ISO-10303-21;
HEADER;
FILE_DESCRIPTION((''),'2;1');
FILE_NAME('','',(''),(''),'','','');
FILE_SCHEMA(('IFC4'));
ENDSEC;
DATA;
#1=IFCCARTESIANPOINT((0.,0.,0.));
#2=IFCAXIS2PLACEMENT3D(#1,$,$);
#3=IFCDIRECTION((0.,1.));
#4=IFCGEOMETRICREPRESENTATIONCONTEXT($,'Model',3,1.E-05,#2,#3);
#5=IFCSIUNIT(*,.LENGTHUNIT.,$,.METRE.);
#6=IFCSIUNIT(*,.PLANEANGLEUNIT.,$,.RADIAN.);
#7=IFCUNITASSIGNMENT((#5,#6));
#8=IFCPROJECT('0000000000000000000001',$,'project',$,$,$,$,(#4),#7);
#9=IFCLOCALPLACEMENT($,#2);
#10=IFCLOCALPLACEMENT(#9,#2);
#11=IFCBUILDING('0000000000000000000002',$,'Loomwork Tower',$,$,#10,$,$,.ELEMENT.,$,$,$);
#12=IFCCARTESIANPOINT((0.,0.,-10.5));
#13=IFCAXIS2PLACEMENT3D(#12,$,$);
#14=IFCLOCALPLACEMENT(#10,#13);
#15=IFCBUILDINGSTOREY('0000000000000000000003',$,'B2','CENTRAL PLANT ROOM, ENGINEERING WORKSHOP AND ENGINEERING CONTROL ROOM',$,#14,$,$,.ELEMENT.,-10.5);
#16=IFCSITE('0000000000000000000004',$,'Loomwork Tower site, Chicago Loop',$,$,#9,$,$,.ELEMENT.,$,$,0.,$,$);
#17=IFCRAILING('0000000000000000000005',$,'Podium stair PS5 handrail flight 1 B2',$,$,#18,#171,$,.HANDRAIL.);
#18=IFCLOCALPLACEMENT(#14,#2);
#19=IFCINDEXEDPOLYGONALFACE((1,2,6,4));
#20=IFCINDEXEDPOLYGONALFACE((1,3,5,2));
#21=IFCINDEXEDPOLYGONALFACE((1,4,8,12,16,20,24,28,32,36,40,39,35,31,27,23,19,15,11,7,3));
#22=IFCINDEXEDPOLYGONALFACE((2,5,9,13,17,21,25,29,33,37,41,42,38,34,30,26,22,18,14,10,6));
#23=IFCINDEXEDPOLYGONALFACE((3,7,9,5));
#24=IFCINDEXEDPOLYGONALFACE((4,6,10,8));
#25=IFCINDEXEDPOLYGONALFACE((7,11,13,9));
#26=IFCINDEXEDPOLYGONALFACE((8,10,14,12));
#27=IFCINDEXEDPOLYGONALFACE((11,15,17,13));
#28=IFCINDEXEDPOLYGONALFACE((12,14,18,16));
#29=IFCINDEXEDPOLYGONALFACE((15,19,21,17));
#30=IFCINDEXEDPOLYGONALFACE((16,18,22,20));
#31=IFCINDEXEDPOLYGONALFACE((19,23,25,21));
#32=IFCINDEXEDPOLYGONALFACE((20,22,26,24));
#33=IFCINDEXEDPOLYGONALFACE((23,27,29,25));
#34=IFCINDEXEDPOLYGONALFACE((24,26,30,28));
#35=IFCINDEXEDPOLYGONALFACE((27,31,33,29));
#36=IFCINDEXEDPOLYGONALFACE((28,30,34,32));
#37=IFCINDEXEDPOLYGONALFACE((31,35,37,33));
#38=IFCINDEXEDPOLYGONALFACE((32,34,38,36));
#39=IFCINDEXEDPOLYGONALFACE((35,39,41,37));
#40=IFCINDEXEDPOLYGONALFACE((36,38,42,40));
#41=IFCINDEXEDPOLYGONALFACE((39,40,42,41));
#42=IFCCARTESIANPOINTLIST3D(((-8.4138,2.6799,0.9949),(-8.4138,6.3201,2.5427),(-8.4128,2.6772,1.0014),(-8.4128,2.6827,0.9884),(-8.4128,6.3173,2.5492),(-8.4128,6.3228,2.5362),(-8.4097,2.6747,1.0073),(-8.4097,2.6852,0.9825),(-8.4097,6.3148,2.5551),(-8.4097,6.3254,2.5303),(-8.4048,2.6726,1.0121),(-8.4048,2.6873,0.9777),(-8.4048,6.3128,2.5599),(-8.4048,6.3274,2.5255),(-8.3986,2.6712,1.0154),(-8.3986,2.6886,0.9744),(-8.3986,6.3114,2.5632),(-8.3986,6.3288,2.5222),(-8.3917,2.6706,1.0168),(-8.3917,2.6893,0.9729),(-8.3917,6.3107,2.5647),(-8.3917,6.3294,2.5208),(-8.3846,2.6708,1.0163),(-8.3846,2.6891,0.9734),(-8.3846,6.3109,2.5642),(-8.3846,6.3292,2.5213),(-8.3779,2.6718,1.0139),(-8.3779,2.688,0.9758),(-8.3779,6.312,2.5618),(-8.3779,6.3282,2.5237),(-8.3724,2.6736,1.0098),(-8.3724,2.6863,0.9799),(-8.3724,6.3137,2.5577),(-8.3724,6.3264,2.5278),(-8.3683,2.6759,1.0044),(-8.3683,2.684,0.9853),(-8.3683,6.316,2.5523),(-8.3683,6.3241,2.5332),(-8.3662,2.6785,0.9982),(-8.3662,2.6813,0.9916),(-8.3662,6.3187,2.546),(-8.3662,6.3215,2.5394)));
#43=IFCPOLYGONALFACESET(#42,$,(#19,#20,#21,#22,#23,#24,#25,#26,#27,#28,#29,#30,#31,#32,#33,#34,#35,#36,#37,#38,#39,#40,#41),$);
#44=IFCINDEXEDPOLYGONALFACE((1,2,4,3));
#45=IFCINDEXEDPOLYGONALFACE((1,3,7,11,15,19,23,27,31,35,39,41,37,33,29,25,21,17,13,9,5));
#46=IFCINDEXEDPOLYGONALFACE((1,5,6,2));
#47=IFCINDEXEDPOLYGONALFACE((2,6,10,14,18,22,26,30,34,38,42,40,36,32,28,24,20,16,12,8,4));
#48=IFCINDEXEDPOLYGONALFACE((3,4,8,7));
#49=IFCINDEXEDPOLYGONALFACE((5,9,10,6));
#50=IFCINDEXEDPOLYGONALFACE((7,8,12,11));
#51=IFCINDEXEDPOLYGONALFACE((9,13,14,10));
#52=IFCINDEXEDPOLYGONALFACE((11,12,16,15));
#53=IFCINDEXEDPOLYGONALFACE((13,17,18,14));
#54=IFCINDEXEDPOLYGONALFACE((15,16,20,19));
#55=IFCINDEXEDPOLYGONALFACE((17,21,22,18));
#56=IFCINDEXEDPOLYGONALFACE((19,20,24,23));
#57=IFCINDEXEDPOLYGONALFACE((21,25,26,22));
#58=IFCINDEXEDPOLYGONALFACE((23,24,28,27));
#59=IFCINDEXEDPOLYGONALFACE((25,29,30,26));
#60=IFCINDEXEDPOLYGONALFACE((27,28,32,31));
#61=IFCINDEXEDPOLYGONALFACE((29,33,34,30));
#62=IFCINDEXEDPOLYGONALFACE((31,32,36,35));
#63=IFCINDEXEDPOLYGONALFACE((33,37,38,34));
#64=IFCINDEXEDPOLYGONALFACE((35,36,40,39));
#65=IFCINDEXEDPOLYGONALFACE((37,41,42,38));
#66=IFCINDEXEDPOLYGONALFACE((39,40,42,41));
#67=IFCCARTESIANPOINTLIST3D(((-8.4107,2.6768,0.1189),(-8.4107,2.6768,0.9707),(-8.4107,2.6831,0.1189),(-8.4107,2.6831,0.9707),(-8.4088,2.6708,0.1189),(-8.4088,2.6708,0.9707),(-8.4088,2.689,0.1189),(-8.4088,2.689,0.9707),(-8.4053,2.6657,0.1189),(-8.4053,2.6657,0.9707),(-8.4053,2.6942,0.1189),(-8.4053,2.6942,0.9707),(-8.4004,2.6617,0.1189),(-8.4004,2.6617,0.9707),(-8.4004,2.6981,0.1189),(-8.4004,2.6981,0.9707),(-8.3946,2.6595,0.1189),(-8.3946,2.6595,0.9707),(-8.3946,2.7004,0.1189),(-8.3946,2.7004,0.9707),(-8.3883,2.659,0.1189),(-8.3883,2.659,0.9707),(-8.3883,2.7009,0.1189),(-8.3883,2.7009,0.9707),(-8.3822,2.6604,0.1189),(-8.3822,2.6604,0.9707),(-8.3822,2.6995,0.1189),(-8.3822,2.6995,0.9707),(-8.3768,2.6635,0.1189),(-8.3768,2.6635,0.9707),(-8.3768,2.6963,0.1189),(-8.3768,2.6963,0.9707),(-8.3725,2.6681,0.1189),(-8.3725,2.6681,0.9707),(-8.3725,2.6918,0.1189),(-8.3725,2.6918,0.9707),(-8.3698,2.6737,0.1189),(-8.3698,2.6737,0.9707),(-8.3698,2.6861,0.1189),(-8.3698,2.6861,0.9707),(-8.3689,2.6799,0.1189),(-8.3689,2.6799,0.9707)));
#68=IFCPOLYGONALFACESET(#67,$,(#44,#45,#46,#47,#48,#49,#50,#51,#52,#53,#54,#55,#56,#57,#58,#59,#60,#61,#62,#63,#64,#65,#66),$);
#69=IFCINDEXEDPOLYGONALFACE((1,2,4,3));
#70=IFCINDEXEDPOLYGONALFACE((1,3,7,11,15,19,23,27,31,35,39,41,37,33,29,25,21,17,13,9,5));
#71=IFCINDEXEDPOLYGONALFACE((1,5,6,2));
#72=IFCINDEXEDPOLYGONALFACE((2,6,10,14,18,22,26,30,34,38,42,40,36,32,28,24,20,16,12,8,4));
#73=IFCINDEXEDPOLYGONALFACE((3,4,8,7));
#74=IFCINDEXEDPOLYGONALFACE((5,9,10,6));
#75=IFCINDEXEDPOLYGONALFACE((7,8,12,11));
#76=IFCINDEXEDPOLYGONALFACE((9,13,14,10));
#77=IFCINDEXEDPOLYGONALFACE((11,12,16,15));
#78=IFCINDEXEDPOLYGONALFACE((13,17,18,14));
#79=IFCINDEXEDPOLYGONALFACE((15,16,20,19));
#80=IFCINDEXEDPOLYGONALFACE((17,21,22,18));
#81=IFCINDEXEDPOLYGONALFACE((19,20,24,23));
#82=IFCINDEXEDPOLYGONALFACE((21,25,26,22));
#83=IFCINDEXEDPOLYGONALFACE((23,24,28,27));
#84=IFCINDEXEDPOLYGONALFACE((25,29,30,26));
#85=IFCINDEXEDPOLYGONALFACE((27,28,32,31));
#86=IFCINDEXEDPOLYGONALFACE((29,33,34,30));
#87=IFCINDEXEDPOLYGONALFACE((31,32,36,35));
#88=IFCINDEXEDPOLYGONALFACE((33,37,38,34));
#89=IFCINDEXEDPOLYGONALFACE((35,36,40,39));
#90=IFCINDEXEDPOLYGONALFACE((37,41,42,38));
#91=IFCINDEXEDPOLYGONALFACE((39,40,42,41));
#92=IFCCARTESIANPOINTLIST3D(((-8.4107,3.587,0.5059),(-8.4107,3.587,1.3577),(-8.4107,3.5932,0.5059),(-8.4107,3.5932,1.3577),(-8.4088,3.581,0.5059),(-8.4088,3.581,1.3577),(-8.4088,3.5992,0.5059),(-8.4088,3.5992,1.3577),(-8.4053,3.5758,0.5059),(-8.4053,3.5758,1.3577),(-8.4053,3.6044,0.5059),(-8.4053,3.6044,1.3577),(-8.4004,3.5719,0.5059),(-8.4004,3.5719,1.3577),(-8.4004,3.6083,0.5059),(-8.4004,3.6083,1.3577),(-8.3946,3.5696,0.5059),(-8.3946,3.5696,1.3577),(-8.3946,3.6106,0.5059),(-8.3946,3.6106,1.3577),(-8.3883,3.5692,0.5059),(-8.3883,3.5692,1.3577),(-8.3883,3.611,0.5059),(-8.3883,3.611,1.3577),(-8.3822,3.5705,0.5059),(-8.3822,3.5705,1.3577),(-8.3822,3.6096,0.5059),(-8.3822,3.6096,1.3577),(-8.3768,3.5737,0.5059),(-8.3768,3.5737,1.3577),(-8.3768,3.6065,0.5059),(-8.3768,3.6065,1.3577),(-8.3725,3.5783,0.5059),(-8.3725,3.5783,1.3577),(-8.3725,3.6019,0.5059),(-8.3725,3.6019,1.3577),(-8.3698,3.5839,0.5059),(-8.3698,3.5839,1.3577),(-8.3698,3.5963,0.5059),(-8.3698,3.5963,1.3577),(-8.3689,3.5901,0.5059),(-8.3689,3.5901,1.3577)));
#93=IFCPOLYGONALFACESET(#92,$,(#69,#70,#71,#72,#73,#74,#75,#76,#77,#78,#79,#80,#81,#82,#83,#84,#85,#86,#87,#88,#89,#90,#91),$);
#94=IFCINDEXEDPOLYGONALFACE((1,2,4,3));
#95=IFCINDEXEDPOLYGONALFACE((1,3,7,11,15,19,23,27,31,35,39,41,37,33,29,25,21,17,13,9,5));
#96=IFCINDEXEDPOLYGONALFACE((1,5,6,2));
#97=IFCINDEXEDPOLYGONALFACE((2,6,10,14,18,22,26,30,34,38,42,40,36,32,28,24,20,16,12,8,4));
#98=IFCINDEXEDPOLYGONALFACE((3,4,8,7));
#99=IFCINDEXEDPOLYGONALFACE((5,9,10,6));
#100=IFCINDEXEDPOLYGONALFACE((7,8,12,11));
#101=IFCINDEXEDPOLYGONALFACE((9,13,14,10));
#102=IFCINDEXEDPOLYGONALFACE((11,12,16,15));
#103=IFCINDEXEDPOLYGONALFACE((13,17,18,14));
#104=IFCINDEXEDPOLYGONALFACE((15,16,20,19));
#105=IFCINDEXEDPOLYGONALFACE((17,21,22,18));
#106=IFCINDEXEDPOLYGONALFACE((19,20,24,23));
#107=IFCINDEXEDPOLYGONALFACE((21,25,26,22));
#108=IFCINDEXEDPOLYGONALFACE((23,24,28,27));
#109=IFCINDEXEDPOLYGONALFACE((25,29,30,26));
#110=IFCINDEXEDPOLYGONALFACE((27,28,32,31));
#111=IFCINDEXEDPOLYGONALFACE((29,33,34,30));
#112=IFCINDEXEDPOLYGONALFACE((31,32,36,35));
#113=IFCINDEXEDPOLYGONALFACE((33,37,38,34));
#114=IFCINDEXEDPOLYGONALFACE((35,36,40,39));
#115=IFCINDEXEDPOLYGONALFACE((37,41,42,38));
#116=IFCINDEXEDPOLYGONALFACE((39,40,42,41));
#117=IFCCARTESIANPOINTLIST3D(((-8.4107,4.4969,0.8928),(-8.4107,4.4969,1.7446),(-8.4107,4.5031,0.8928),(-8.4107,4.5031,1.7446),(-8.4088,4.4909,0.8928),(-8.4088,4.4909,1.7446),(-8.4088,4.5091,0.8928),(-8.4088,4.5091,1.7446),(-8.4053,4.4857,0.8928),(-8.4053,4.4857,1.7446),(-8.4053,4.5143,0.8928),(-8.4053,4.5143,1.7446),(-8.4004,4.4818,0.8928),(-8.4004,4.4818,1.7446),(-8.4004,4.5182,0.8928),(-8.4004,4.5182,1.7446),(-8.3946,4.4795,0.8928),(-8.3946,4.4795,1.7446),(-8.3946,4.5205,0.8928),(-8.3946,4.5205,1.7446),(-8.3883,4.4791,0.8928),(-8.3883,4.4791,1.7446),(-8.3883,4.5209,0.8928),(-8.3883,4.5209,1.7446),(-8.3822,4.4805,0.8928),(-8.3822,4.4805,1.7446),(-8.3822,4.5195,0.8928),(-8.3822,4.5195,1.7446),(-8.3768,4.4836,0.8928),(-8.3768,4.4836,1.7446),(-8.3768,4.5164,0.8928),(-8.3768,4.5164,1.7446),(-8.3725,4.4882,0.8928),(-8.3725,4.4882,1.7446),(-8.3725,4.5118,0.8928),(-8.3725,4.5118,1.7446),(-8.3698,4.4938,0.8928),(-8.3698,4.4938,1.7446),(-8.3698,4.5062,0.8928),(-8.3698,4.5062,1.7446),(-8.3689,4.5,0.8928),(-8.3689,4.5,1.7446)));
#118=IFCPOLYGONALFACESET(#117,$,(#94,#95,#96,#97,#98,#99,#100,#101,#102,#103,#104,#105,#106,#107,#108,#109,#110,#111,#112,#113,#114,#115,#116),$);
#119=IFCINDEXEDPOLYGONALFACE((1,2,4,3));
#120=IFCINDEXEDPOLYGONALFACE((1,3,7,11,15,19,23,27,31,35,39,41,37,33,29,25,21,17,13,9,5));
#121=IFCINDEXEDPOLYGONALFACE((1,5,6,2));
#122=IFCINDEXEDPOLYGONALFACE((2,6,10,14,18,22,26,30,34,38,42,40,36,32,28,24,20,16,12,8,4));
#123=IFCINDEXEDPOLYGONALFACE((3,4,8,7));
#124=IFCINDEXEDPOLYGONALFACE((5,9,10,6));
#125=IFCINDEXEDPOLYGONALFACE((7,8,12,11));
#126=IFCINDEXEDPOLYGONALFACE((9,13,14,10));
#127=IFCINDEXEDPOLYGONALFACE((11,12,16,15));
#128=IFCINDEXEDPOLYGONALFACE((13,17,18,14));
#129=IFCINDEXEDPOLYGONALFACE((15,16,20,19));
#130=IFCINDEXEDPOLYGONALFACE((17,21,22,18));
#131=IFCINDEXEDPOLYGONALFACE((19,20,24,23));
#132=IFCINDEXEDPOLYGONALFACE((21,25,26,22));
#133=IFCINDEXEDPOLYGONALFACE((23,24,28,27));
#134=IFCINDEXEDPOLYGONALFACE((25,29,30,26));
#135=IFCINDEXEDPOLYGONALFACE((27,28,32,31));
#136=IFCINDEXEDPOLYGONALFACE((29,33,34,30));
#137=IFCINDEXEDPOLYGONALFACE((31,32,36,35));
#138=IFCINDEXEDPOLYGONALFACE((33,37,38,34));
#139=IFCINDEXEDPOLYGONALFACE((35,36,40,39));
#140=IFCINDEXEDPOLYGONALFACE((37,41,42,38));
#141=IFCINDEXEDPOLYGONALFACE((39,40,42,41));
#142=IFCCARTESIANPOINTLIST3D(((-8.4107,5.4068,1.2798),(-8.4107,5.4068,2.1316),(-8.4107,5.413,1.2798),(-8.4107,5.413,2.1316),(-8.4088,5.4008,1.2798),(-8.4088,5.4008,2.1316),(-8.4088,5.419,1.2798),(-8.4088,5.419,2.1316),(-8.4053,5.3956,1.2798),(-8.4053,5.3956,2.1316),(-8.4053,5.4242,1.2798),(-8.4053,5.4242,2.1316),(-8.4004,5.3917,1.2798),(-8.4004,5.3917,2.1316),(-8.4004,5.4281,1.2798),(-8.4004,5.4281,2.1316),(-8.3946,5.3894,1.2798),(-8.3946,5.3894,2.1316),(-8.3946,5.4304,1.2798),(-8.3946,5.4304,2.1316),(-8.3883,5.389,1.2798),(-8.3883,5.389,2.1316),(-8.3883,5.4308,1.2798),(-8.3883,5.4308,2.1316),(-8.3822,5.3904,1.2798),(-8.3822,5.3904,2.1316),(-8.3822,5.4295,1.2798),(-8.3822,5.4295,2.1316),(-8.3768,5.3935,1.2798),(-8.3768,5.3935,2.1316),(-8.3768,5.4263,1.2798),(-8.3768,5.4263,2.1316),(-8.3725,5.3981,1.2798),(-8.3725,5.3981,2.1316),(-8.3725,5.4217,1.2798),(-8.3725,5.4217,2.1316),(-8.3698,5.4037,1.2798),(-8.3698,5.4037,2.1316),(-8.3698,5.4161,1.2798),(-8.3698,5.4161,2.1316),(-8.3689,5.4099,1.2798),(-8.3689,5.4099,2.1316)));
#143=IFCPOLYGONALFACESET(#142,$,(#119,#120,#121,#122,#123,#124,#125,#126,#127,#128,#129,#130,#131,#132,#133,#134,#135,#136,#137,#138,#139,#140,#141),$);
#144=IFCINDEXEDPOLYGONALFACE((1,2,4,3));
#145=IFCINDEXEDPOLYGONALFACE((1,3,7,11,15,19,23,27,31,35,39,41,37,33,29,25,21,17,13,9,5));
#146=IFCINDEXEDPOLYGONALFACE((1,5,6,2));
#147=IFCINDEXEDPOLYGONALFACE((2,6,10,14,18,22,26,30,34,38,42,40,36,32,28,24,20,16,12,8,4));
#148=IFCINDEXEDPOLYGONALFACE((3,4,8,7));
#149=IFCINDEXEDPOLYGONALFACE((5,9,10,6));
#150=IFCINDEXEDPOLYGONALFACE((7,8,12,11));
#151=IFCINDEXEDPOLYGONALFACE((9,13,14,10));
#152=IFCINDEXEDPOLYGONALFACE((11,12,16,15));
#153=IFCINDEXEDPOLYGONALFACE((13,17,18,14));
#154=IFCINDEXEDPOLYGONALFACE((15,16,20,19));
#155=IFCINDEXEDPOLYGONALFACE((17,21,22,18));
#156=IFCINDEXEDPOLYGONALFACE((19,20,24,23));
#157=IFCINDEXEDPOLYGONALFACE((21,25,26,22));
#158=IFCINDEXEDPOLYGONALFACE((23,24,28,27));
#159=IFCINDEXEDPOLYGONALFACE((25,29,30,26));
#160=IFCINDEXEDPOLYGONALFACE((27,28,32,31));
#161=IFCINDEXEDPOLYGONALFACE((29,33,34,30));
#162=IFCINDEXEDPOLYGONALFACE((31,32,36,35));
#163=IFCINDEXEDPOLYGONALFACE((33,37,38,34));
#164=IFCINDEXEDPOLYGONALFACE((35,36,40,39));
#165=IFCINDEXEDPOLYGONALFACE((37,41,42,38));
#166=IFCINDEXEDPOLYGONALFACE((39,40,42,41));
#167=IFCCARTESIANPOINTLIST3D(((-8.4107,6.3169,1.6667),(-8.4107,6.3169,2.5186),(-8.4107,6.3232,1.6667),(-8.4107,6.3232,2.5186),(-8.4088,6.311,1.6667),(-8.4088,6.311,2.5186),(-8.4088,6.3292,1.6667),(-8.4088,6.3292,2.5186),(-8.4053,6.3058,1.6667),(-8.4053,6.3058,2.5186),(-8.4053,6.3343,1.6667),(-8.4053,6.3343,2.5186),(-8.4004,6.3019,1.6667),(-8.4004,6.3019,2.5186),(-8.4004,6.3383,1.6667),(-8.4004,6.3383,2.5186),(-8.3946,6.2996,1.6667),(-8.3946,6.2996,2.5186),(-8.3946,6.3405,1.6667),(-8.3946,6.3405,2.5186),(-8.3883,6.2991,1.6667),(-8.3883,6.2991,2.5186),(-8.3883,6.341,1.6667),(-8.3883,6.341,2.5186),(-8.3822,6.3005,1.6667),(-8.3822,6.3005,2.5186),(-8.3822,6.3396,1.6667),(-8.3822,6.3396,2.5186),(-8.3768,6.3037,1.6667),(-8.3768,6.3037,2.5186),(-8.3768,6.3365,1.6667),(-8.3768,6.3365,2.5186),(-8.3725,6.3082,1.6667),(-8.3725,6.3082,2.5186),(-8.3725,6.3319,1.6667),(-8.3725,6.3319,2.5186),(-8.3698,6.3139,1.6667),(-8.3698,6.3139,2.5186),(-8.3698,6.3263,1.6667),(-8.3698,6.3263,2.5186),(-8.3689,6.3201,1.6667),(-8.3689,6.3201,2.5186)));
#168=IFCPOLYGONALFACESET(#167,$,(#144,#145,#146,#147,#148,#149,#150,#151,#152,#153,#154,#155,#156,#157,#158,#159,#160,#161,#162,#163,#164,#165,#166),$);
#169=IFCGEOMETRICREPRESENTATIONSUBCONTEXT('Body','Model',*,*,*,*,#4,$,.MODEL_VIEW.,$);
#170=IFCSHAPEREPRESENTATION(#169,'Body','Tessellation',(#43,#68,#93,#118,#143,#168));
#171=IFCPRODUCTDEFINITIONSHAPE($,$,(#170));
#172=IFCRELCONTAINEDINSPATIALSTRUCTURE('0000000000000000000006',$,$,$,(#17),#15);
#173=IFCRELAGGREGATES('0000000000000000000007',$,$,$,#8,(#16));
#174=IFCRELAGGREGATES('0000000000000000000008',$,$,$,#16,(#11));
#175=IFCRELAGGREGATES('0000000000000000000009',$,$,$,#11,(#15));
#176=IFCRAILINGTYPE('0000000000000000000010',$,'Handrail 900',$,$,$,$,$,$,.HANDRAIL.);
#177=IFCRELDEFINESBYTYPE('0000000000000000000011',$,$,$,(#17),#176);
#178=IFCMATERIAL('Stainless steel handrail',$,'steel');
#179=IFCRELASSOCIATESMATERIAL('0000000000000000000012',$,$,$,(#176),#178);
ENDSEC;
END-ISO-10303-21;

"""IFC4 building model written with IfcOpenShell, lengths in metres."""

from ifc_helpers import new_model, si_unit, direction, frame, origin, origin_2d, place, context, subcontext, project, spatial, circle, extrude, material, type_object, element, save


model = new_model("IFC4")

# Units and contexts
model_context = context("Model", 3, precision=1e-05, world=origin(), true_north=direction((0.0, 1.0)))
body_context = subcontext(model_context, "Body", "Model", "MODEL_VIEW")
ifc_project = project(units=[si_unit("LENGTHUNIT", "METRE"), si_unit("PLANEANGLEUNIT", "RADIAN")], contexts=[model_context])

# Site, building, storey
site_placement = place(None, origin())
site = spatial("IfcSite", under=ifc_project, at=site_placement, Name="Loomwork Tower site, Chicago Loop", CompositionType="ELEMENT", RefElevation=0.0)
building_placement = place(site_placement, origin())
building = spatial("IfcBuilding", under=site, at=building_placement, Name="Loomwork Tower", CompositionType="ELEMENT")
storey_placement = place(building_placement, frame((0.0, 0.0, -10.5)))
storey = spatial("IfcBuildingStorey", under=building, at=storey_placement, Name="B2", Description="CENTRAL PLANT ROOM, ENGINEERING WORKSHOP AND ENGINEERING CONTROL ROOM", CompositionType="ELEMENT", Elevation=-10.5)

# Railing
ifc_material_1 = material(Name="Stainless steel handrail", Category="steel")
railing_type = type_object("IfcRailingType", Name="Handrail 900", PredefinedType="HANDRAIL", material=ifc_material_1)
railing_1_placement = place(storey_placement, frame((-8.3899, 2.6799, 0.1189)))
element("IfcRailing", 1, at=railing_1_placement, inside=storey, type_object=railing_type, Name="Podium stair PS5 handrail flight 1 B2", PredefinedType="HANDRAIL", context=body_context, shape_type="SweptSolid", body=[
    extrude(circle(Radius=0.0239, at=origin_2d()), frame((0.0, 0.0, 0.876), z_axis=(0.0, 0.920259, 0.391311), x_axis=(-1.0, 0.0, 0.0)), (0.0, 0.0, 1.0), 3.9556),
    extrude(circle(Radius=0.021, at=origin_2d()), origin(), (0.0, 0.0, 1.0), 0.8518),
    extrude(circle(Radius=0.021, at=origin_2d()), frame((0.0, 0.9102, 0.387)), (0.0, 0.0, 1.0), 0.8518),
    extrude(circle(Radius=0.021, at=origin_2d()), frame((0.0, 1.8201, 0.7739)), (0.0, 0.0, 1.0), 0.8518),
    extrude(circle(Radius=0.021, at=origin_2d()), frame((0.0, 2.73, 1.1609)), (0.0, 0.0, 1.0), 0.8518),
    extrude(circle(Radius=0.021, at=origin_2d()), frame((0.0, 3.6401, 1.5479)), (0.0, 0.0, 1.0), 0.8518),
])

save(model, "model.ifc")
